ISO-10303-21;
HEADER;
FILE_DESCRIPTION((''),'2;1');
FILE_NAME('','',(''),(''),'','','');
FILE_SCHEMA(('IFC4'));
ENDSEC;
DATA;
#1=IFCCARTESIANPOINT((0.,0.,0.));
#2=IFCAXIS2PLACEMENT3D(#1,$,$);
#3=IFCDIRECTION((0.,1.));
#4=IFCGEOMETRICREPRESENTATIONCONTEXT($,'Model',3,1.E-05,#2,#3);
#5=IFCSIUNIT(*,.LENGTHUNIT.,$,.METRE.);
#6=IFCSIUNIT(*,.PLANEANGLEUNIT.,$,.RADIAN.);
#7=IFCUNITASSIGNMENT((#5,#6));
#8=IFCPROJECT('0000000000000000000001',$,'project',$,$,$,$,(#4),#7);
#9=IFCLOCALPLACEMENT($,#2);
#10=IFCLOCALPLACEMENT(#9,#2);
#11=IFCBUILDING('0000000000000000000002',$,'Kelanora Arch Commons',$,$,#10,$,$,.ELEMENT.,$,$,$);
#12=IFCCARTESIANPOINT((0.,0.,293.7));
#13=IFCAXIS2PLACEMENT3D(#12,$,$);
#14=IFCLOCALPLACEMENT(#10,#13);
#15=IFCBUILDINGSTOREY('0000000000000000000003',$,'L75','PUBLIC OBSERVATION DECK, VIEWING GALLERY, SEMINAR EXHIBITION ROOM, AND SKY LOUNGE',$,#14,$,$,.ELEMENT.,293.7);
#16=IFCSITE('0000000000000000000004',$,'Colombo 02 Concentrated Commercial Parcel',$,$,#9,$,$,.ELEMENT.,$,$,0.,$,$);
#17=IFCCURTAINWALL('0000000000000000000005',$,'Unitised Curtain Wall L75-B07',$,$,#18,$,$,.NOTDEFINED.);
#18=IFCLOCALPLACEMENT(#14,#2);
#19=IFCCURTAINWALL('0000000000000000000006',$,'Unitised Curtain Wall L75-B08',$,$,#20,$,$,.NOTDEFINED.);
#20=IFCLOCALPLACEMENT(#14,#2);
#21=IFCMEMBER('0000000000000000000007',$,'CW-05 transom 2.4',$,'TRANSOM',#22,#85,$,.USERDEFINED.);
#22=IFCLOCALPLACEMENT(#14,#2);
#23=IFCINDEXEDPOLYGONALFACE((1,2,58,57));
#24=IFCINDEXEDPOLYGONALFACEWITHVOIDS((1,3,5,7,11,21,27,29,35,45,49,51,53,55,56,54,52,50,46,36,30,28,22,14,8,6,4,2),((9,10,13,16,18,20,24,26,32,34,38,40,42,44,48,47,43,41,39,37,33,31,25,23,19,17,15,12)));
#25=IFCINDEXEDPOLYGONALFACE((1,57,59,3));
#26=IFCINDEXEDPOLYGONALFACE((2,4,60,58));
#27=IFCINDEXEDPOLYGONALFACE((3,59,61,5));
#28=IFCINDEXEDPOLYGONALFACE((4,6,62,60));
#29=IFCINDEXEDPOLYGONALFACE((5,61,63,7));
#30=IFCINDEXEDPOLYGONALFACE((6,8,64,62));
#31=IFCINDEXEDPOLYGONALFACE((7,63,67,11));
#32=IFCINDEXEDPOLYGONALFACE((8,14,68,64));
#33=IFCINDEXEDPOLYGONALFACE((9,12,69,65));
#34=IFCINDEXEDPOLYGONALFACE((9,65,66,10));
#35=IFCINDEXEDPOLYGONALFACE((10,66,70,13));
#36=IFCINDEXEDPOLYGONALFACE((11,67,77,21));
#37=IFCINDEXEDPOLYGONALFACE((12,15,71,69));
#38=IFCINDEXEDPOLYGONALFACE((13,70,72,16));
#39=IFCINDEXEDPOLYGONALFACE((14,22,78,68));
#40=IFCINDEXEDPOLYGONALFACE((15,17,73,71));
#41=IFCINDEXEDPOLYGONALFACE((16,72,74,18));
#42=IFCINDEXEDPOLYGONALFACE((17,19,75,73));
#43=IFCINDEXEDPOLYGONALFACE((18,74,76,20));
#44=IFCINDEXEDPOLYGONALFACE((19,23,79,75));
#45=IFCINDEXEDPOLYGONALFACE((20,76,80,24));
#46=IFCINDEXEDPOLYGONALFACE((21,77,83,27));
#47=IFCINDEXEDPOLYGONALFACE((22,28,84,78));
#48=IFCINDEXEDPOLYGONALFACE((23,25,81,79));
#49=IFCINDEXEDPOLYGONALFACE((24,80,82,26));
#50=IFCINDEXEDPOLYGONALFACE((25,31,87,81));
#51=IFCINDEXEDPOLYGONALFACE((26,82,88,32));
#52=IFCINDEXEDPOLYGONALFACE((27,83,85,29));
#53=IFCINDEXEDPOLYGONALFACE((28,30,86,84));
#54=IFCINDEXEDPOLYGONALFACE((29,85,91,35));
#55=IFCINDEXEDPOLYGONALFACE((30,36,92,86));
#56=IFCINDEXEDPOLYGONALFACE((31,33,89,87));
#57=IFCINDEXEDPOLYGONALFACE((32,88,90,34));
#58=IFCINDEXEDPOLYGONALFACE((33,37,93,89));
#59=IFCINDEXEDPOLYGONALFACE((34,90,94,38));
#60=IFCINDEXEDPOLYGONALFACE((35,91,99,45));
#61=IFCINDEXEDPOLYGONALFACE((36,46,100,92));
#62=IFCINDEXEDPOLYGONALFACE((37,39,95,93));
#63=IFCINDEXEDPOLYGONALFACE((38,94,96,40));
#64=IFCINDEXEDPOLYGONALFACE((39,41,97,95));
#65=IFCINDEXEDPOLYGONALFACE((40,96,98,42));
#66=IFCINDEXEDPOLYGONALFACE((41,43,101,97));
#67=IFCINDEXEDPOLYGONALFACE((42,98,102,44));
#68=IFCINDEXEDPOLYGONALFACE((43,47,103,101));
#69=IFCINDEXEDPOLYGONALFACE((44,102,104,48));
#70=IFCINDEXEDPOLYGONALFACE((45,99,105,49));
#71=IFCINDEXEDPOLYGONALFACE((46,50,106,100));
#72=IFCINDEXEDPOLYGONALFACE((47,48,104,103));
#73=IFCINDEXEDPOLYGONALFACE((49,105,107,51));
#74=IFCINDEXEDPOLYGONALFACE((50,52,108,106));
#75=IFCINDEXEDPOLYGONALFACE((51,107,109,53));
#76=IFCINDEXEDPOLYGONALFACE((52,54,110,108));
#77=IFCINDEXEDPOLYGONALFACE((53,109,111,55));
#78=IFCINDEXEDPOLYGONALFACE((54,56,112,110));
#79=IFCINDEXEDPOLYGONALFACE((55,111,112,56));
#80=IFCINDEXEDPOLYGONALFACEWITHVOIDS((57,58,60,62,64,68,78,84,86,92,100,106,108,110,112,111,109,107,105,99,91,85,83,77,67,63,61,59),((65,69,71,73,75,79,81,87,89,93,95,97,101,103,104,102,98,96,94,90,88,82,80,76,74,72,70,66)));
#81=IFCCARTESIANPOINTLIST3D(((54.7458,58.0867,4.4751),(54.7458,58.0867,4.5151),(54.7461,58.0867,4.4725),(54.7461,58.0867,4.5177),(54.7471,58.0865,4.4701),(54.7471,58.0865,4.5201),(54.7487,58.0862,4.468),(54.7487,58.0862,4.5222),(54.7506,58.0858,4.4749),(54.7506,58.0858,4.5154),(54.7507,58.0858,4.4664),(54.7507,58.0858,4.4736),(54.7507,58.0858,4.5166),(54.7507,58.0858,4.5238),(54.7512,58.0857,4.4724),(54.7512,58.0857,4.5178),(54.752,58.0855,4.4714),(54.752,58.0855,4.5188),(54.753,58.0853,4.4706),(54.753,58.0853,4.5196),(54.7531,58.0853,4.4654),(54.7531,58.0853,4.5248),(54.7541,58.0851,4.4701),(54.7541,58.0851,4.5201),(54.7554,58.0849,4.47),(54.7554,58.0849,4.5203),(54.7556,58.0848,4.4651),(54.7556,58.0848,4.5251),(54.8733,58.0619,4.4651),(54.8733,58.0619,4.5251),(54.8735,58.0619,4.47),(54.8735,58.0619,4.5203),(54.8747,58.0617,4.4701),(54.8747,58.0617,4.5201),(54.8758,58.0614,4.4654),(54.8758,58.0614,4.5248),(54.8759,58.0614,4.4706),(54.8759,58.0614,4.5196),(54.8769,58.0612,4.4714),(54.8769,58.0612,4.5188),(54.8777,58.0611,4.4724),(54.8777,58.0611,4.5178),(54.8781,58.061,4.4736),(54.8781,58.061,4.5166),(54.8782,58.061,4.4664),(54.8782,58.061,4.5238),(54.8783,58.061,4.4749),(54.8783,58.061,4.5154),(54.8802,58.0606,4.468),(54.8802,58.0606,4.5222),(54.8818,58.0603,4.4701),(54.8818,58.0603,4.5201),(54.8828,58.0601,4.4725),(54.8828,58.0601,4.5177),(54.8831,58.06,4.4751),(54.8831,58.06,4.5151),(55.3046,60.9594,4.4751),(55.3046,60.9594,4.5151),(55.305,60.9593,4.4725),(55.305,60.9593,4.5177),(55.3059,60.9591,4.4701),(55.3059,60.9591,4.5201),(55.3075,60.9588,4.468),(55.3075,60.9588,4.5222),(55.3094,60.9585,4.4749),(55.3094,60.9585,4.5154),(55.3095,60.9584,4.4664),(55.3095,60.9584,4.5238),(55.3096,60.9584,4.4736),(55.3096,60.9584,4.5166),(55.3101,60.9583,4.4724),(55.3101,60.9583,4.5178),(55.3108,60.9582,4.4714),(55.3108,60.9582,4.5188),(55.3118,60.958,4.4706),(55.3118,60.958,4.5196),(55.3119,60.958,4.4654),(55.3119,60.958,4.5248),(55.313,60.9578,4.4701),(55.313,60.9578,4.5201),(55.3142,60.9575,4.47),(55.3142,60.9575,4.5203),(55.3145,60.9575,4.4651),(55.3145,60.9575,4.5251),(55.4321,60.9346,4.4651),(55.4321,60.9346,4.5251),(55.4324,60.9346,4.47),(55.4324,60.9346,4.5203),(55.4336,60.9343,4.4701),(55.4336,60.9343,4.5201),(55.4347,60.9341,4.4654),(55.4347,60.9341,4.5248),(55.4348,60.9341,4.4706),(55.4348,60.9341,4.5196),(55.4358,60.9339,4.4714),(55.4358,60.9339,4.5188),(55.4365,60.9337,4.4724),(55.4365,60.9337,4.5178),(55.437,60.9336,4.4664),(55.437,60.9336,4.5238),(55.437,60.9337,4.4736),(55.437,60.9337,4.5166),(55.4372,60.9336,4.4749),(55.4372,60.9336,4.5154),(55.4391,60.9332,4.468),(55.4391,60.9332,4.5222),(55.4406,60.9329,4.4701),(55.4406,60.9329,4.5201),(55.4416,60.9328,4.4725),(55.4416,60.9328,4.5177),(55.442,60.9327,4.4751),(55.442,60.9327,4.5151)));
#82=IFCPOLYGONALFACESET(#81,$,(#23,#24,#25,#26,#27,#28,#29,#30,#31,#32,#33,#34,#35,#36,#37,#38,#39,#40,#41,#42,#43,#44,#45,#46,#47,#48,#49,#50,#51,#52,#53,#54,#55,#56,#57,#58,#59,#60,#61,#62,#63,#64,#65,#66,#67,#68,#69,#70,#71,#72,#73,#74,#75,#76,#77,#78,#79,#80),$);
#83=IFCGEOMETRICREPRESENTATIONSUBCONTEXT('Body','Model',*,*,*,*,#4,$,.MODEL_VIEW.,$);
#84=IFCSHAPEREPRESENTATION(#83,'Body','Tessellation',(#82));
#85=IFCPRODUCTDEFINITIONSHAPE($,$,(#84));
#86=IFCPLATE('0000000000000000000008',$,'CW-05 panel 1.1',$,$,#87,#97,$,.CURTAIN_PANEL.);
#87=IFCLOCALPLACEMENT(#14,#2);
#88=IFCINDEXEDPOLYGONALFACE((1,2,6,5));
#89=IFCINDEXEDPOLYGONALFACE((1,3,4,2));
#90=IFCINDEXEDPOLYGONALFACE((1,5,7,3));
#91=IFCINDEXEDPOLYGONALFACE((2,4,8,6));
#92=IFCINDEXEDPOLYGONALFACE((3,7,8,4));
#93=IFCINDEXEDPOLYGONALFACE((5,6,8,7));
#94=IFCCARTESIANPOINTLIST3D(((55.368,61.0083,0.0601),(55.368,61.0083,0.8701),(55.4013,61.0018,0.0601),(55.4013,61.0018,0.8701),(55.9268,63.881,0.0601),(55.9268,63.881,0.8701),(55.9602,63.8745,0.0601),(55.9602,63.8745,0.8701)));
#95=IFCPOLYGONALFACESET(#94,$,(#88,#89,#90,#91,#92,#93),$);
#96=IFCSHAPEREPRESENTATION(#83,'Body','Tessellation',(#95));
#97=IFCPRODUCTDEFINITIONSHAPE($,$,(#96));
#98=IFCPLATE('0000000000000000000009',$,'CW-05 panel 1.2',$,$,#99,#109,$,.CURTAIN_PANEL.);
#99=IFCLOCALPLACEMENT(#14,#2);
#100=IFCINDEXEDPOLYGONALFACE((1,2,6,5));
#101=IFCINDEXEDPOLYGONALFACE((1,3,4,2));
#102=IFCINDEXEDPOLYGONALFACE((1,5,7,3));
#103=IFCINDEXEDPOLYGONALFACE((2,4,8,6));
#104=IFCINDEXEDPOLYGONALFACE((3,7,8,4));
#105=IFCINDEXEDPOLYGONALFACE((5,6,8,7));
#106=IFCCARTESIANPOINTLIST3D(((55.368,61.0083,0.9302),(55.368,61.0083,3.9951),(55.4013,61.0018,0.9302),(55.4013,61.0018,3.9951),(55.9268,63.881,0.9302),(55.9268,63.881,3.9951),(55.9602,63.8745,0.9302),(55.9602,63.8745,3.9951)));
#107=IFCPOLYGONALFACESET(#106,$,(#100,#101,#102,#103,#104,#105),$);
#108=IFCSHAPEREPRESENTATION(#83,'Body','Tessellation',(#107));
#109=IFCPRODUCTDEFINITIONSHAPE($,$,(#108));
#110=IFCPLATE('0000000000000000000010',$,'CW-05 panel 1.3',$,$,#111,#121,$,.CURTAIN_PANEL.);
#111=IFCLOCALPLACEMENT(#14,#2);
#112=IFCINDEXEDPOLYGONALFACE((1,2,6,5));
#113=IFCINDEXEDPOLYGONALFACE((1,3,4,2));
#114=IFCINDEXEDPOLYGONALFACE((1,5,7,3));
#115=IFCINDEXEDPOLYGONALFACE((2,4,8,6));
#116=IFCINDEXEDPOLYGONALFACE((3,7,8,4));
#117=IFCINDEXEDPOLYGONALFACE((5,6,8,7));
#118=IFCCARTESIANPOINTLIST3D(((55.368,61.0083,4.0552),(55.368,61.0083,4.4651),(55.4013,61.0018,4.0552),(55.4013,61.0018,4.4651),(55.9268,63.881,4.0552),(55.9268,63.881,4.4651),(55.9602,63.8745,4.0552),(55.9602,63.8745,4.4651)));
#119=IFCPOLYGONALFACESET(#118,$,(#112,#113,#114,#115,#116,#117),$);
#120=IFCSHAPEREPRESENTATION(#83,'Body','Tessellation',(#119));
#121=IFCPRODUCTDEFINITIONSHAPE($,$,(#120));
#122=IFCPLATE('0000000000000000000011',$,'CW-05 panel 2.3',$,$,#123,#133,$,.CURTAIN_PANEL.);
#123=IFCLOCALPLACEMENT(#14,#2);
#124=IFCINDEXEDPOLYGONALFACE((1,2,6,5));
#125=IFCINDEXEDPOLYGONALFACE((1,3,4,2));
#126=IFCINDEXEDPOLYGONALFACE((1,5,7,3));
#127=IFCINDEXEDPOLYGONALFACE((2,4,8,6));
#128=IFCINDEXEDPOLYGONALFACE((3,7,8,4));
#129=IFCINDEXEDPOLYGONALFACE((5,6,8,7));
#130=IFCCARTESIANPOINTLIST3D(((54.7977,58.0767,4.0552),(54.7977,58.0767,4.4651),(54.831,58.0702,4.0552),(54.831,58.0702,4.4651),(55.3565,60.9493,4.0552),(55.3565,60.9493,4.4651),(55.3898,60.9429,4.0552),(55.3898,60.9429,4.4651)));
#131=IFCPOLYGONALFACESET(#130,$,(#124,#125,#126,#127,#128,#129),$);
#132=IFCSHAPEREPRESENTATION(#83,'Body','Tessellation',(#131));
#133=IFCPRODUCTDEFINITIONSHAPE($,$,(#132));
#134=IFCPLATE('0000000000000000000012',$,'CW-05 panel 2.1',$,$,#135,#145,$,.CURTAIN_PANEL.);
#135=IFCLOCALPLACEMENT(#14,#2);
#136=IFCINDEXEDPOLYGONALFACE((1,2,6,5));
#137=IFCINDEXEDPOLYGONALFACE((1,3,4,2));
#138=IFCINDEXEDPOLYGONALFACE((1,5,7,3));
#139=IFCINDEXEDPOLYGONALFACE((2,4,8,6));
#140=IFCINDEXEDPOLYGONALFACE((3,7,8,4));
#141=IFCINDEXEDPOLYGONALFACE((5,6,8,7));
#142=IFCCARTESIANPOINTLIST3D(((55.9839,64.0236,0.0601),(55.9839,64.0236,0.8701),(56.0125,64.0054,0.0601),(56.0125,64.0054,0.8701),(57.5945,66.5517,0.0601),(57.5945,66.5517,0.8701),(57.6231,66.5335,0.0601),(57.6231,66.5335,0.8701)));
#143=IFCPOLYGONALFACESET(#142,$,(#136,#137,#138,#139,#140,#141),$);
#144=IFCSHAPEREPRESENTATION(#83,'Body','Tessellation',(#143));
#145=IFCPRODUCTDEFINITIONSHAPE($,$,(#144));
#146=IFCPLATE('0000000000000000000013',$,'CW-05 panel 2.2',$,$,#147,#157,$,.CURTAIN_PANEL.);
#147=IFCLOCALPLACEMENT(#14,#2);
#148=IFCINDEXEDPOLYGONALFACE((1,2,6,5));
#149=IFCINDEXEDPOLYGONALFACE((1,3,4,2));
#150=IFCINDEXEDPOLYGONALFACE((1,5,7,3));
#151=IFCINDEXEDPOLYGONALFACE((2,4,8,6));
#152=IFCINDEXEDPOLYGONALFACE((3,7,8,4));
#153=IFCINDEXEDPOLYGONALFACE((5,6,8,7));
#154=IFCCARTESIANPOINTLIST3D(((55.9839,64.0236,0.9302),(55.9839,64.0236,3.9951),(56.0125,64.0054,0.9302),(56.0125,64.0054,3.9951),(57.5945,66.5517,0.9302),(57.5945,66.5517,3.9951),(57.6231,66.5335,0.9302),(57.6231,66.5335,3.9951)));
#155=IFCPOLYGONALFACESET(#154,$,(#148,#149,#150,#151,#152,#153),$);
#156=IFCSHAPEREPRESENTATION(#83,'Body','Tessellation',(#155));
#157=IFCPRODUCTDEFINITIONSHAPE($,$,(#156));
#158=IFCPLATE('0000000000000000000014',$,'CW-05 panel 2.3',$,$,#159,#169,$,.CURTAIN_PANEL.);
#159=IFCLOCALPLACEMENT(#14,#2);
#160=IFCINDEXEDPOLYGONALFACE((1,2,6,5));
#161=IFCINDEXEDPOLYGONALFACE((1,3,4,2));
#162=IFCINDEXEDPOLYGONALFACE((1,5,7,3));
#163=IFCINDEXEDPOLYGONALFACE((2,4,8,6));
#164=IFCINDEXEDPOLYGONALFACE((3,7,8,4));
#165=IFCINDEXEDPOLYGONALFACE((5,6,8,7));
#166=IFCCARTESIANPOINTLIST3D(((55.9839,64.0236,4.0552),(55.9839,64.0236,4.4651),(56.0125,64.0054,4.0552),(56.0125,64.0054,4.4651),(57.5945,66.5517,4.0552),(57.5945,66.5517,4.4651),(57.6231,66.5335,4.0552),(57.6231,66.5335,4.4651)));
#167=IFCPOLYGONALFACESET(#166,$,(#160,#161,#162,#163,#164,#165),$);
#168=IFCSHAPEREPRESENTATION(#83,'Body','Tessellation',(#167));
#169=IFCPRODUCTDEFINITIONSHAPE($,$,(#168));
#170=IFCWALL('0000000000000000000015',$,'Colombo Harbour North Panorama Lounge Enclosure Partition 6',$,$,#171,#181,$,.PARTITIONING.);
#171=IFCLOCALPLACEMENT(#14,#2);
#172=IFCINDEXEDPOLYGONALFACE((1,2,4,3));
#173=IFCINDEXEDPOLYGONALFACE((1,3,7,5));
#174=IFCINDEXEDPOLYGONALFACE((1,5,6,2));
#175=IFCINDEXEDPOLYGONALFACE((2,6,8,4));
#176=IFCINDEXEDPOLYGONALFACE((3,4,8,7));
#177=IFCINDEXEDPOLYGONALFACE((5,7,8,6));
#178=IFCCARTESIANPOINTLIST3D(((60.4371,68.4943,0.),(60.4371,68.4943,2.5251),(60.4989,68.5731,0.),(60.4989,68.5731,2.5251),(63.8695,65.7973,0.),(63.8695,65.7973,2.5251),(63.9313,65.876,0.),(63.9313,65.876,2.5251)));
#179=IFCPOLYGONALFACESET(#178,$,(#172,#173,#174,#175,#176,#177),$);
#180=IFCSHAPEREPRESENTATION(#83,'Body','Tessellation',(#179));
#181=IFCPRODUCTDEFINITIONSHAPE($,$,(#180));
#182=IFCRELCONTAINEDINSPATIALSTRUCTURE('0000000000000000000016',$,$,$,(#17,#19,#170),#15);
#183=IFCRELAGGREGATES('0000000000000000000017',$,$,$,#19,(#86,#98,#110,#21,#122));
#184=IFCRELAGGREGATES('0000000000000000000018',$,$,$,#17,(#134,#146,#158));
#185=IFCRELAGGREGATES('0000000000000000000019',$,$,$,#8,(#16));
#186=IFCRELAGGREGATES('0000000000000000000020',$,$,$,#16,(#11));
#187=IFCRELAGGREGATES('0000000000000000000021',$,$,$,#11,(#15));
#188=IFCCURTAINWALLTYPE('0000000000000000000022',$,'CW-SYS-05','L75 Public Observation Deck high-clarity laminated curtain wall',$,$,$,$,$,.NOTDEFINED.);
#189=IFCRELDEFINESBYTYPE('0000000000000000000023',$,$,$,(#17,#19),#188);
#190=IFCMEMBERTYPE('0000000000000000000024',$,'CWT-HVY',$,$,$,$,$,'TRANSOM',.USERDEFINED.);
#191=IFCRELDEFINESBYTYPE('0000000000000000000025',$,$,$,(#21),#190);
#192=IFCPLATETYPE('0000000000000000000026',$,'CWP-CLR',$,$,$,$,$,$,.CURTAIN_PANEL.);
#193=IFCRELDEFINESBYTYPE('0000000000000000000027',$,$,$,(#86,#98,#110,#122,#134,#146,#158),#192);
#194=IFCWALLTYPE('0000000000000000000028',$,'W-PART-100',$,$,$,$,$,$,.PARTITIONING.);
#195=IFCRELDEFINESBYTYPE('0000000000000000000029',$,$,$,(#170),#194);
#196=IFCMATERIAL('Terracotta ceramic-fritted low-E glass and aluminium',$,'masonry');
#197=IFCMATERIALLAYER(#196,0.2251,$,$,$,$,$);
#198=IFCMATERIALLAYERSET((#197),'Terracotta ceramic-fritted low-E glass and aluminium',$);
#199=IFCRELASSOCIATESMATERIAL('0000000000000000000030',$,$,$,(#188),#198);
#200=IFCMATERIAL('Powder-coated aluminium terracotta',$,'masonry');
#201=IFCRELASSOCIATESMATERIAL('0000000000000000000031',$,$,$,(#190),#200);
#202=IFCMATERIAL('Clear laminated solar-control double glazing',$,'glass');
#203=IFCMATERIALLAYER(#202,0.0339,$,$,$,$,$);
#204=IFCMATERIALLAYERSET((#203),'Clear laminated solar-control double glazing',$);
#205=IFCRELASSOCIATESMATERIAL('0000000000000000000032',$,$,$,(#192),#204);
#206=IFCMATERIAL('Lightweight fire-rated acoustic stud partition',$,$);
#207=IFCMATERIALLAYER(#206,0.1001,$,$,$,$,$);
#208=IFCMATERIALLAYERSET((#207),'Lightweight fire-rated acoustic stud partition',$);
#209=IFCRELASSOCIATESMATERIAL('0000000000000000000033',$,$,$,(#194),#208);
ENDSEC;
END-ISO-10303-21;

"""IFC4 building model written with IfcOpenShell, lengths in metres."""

from ifc_helpers import new_model, si_unit, direction, frame, frame_2d, origin, origin_2d, place, context, subcontext, project, spatial, rectangle, hollow_rectangle, extrude, source, transform, mapped, material, layer, layer_set, material_profile, profile_set, type_object, element, aggregate, save


model = new_model("IFC4")

# Units and contexts
model_context = context("Model", 3, precision=1e-05, world=origin(), true_north=direction((0.0, 1.0)))
body_context = subcontext(model_context, "Body", "Model", "MODEL_VIEW")
ifc_project = project(units=[si_unit("LENGTHUNIT", "METRE"), si_unit("PLANEANGLEUNIT", "RADIAN")], contexts=[model_context])

# Site, building, storey
site_placement = place(None, origin())
site = spatial("IfcSite", under=ifc_project, at=site_placement, Name="Colombo 02 Concentrated Commercial Parcel", CompositionType="ELEMENT", RefElevation=0.0)
building_placement = place(site_placement, origin())
building = spatial("IfcBuilding", under=site, at=building_placement, Name="Kelanora Arch Commons", CompositionType="ELEMENT")
storey_placement = place(building_placement, frame((0.0, 0.0, 293.7)))
storey = spatial("IfcBuildingStorey", under=building, at=storey_placement, Name="L75", Description="PUBLIC OBSERVATION DECK, VIEWING GALLERY, SEMINAR EXHIBITION ROOM, AND SKY LOUNGE", CompositionType="ELEMENT", Elevation=293.7)

# Curtain wall
ifc_material_1 = material(Name="Terracotta ceramic-fritted low-E glass and aluminium", Category="masonry")
ifc_layer_1 = layer(ifc_material_1, 0.2251)
ifc_layer_set_1 = layer_set([ifc_layer_1], Name="Terracotta ceramic-fritted low-E glass and aluminium")
curtain_wall_type = type_object("IfcCurtainWallType", Name="CW-SYS-05", Description="L75 Public Observation Deck high-clarity laminated curtain wall", PredefinedType="NOTDEFINED", material=ifc_layer_set_1)
curtain_wall_1_placement = place(storey_placement, origin())
curtain_wall_1 = element("IfcCurtainWall", 1, at=curtain_wall_1_placement, inside=storey, type_object=curtain_wall_type, Name="Unitised Curtain Wall L75-B07", PredefinedType="NOTDEFINED")
ifc_material_2 = material(Name="Powder-coated aluminium terracotta", Category="masonry")

# Curtain wall
curtain_wall_2_placement = place(storey_placement, origin())
curtain_wall_2 = element("IfcCurtainWall", 2, at=curtain_wall_2_placement, inside=storey, type_object=curtain_wall_type, Name="Unitised Curtain Wall L75-B08", PredefinedType="NOTDEFINED")

# Member
ifc_material_profile_1 = material_profile(ifc_material_2, hollow_rectangle(XDim=0.1399, YDim=0.0601, WallThickness=0.0049, InnerFilletRadius=0.0049, OuterFilletRadius=0.01, at=origin_2d()), Name="CWT140x60")
ifc_profile_set_1 = profile_set([ifc_material_profile_1], Name="Powder-coated aluminium terracotta")
member_type_1 = type_object("IfcMemberType", Name="CWT-HVY", ElementType="TRANSOM", PredefinedType="USERDEFINED", material=ifc_profile_set_1)
member_1_placement = place(storey_placement, frame((55.3733, 60.946, 4.4951), z_axis=(-0.190963, -0.981597, 0.0), x_axis=(0.981597, -0.190963, 0.0)))
member_1 = element("IfcMember", 3, at=member_1_placement, type_object=member_type_1, Name="CW-05 transom 2.4", ObjectType="TRANSOM", PredefinedType="USERDEFINED", context=body_context, shape_type="SweptSolid", body=[
    extrude(hollow_rectangle(XDim=0.1399, YDim=0.0601, WallThickness=0.0049, InnerFilletRadius=0.0049, OuterFilletRadius=0.01, at=origin_2d()), origin(), (0.0, 0.0, 1.0), 2.9265),
])

# Plates
ifc_material_3 = material(Name="Clear laminated solar-control double glazing", Category="glass")
ifc_layer_2 = layer(ifc_material_3, 0.0339)
ifc_layer_set_2 = layer_set([ifc_layer_2], Name="Clear laminated solar-control double glazing")
plate_type = type_object("IfcPlateType", Name="CWP-CLR", PredefinedType="CURTAIN_PANEL", material=ifc_layer_set_2)
shared_shape_1 = source(origin(), body_context, "Body", "SweptSolid", [
    extrude(rectangle(XDim=2.9265, YDim=0.0339, at=origin_2d()), origin(), (0.0, 0.0, 1.0), 0.8101),
])
plate_1_placement = place(storey_placement, frame((55.6641, 62.4414, 0.0601), z_axis=(0.0, 0.0, 1.0), x_axis=(-0.190972, -0.981596, 0.0)))
plate_1 = element("IfcPlate", 4, at=plate_1_placement, type_object=plate_type, Name="CW-05 panel 1.1", PredefinedType="CURTAIN_PANEL", context=body_context, shape_type="MappedRepresentation", body=[
    mapped(shared_shape_1, transform((0.0, 0.0, 0.0), scale=1.0)),
])
shared_shape_2 = source(origin(), body_context, "Body", "SweptSolid", [
    extrude(rectangle(XDim=2.9265, YDim=0.0339, at=origin_2d()), origin(), (0.0, 0.0, 1.0), 3.0649),
])
plate_2_placement = place(storey_placement, frame((55.6641, 62.4414, 0.9302), z_axis=(0.0, 0.0, 1.0), x_axis=(-0.190972, -0.981596, 0.0)))
plate_2 = element("IfcPlate", 5, at=plate_2_placement, type_object=plate_type, Name="CW-05 panel 1.2", PredefinedType="CURTAIN_PANEL", context=body_context, shape_type="MappedRepresentation", body=[
    mapped(shared_shape_2, transform((0.0, 0.0, 0.0), scale=1.0)),
])
shared_shape_3 = source(origin(), body_context, "Body", "SweptSolid", [
    extrude(rectangle(XDim=2.9265, YDim=0.0339, at=origin_2d()), origin(), (0.0, 0.0, 1.0), 0.4099),
])
plate_3_placement = place(storey_placement, frame((55.6641, 62.4414, 4.0552), z_axis=(0.0, 0.0, 1.0), x_axis=(-0.190972, -0.981596, 0.0)))
plate_3 = element("IfcPlate", 6, at=plate_3_placement, type_object=plate_type, Name="CW-05 panel 1.3", PredefinedType="CURTAIN_PANEL", context=body_context, shape_type="MappedRepresentation", body=[
    mapped(shared_shape_3, transform((0.0, 0.0, 0.0), scale=1.0)),
])
plate_4_placement = place(storey_placement, frame((55.0938, 59.5098, 4.0552), z_axis=(0.0, 0.0, 1.0), x_axis=(-0.190972, -0.981596, 0.0)))
plate_4 = element("IfcPlate", 7, at=plate_4_placement, type_object=plate_type, Name="CW-05 panel 2.3", PredefinedType="CURTAIN_PANEL", context=body_context, shape_type="MappedRepresentation", body=[
    mapped(shared_shape_3, transform((0.0, 0.0, 0.0), scale=1.0)),
])
aggregate(curtain_wall_2, [plate_1, plate_2, plate_3, member_1, plate_4])
shared_shape_4 = source(origin(), body_context, "Body", "SweptSolid", [
    extrude(rectangle(XDim=2.9976, YDim=0.0339, at=origin_2d()), origin(), (0.0, 0.0, 1.0), 0.8101),
])
plate_5_placement = place(storey_placement, frame((56.8035, 65.2786, 0.0601), z_axis=(0.0, 0.0, 1.0), x_axis=(-0.5373, -0.843391, 0.0)))
plate_5 = element("IfcPlate", 8, at=plate_5_placement, type_object=plate_type, Name="CW-05 panel 2.1", PredefinedType="CURTAIN_PANEL", context=body_context, shape_type="MappedRepresentation", body=[
    mapped(shared_shape_4, transform((0.0, 0.0, 0.0), scale=1.0)),
])
shared_shape_5 = source(origin(), body_context, "Body", "SweptSolid", [
    extrude(rectangle(XDim=2.9976, YDim=0.0339, at=origin_2d()), origin(), (0.0, 0.0, 1.0), 3.0649),
])
plate_6_placement = place(storey_placement, frame((56.8035, 65.2786, 0.9302), z_axis=(0.0, 0.0, 1.0), x_axis=(-0.5373, -0.843391, 0.0)))
plate_6 = element("IfcPlate", 9, at=plate_6_placement, type_object=plate_type, Name="CW-05 panel 2.2", PredefinedType="CURTAIN_PANEL", context=body_context, shape_type="MappedRepresentation", body=[
    mapped(shared_shape_5, transform((0.0, 0.0, 0.0), scale=1.0)),
])
shared_shape_6 = source(origin(), body_context, "Body", "SweptSolid", [
    extrude(rectangle(XDim=2.9976, YDim=0.0339, at=origin_2d()), origin(), (0.0, 0.0, 1.0), 0.4099),
])
plate_7_placement = place(storey_placement, frame((56.8035, 65.2786, 4.0552), z_axis=(0.0, 0.0, 1.0), x_axis=(-0.5373, -0.843391, 0.0)))
plate_7 = element("IfcPlate", 10, at=plate_7_placement, type_object=plate_type, Name="CW-05 panel 2.3", PredefinedType="CURTAIN_PANEL", context=body_context, shape_type="MappedRepresentation", body=[
    mapped(shared_shape_6, transform((0.0, 0.0, 0.0), scale=1.0)),
])
aggregate(curtain_wall_1, [plate_5, plate_6, plate_7])

# Wall
ifc_material_4 = material(Name="Lightweight fire-rated acoustic stud partition")
ifc_layer_3 = layer(ifc_material_4, 0.1001)
ifc_layer_set_3 = layer_set([ifc_layer_3], Name="Lightweight fire-rated acoustic stud partition")
wall_type_1 = type_object("IfcWallType", Name="W-PART-100", PredefinedType="PARTITIONING", material=ifc_layer_set_3)
wall_1_placement = place(storey_placement, frame((63.9004, 65.8367, 0.0), z_axis=(0.0, 0.0, 1.0), x_axis=(-0.786301, 0.617844, 0.0)))
element("IfcWall", 11, at=wall_1_placement, inside=storey, type_object=wall_type_1, Name="Colombo Harbour North Panorama Lounge Enclosure Partition 6", PredefinedType="PARTITIONING", context=body_context, shape_type="SweptSolid", body=[
    extrude(rectangle(XDim=4.3652, YDim=0.1001, at=frame_2d((2.1826, 0.0))), origin(), (0.0, 0.0, 1.0), 2.5251),
])

save(model, "model.ifc")
